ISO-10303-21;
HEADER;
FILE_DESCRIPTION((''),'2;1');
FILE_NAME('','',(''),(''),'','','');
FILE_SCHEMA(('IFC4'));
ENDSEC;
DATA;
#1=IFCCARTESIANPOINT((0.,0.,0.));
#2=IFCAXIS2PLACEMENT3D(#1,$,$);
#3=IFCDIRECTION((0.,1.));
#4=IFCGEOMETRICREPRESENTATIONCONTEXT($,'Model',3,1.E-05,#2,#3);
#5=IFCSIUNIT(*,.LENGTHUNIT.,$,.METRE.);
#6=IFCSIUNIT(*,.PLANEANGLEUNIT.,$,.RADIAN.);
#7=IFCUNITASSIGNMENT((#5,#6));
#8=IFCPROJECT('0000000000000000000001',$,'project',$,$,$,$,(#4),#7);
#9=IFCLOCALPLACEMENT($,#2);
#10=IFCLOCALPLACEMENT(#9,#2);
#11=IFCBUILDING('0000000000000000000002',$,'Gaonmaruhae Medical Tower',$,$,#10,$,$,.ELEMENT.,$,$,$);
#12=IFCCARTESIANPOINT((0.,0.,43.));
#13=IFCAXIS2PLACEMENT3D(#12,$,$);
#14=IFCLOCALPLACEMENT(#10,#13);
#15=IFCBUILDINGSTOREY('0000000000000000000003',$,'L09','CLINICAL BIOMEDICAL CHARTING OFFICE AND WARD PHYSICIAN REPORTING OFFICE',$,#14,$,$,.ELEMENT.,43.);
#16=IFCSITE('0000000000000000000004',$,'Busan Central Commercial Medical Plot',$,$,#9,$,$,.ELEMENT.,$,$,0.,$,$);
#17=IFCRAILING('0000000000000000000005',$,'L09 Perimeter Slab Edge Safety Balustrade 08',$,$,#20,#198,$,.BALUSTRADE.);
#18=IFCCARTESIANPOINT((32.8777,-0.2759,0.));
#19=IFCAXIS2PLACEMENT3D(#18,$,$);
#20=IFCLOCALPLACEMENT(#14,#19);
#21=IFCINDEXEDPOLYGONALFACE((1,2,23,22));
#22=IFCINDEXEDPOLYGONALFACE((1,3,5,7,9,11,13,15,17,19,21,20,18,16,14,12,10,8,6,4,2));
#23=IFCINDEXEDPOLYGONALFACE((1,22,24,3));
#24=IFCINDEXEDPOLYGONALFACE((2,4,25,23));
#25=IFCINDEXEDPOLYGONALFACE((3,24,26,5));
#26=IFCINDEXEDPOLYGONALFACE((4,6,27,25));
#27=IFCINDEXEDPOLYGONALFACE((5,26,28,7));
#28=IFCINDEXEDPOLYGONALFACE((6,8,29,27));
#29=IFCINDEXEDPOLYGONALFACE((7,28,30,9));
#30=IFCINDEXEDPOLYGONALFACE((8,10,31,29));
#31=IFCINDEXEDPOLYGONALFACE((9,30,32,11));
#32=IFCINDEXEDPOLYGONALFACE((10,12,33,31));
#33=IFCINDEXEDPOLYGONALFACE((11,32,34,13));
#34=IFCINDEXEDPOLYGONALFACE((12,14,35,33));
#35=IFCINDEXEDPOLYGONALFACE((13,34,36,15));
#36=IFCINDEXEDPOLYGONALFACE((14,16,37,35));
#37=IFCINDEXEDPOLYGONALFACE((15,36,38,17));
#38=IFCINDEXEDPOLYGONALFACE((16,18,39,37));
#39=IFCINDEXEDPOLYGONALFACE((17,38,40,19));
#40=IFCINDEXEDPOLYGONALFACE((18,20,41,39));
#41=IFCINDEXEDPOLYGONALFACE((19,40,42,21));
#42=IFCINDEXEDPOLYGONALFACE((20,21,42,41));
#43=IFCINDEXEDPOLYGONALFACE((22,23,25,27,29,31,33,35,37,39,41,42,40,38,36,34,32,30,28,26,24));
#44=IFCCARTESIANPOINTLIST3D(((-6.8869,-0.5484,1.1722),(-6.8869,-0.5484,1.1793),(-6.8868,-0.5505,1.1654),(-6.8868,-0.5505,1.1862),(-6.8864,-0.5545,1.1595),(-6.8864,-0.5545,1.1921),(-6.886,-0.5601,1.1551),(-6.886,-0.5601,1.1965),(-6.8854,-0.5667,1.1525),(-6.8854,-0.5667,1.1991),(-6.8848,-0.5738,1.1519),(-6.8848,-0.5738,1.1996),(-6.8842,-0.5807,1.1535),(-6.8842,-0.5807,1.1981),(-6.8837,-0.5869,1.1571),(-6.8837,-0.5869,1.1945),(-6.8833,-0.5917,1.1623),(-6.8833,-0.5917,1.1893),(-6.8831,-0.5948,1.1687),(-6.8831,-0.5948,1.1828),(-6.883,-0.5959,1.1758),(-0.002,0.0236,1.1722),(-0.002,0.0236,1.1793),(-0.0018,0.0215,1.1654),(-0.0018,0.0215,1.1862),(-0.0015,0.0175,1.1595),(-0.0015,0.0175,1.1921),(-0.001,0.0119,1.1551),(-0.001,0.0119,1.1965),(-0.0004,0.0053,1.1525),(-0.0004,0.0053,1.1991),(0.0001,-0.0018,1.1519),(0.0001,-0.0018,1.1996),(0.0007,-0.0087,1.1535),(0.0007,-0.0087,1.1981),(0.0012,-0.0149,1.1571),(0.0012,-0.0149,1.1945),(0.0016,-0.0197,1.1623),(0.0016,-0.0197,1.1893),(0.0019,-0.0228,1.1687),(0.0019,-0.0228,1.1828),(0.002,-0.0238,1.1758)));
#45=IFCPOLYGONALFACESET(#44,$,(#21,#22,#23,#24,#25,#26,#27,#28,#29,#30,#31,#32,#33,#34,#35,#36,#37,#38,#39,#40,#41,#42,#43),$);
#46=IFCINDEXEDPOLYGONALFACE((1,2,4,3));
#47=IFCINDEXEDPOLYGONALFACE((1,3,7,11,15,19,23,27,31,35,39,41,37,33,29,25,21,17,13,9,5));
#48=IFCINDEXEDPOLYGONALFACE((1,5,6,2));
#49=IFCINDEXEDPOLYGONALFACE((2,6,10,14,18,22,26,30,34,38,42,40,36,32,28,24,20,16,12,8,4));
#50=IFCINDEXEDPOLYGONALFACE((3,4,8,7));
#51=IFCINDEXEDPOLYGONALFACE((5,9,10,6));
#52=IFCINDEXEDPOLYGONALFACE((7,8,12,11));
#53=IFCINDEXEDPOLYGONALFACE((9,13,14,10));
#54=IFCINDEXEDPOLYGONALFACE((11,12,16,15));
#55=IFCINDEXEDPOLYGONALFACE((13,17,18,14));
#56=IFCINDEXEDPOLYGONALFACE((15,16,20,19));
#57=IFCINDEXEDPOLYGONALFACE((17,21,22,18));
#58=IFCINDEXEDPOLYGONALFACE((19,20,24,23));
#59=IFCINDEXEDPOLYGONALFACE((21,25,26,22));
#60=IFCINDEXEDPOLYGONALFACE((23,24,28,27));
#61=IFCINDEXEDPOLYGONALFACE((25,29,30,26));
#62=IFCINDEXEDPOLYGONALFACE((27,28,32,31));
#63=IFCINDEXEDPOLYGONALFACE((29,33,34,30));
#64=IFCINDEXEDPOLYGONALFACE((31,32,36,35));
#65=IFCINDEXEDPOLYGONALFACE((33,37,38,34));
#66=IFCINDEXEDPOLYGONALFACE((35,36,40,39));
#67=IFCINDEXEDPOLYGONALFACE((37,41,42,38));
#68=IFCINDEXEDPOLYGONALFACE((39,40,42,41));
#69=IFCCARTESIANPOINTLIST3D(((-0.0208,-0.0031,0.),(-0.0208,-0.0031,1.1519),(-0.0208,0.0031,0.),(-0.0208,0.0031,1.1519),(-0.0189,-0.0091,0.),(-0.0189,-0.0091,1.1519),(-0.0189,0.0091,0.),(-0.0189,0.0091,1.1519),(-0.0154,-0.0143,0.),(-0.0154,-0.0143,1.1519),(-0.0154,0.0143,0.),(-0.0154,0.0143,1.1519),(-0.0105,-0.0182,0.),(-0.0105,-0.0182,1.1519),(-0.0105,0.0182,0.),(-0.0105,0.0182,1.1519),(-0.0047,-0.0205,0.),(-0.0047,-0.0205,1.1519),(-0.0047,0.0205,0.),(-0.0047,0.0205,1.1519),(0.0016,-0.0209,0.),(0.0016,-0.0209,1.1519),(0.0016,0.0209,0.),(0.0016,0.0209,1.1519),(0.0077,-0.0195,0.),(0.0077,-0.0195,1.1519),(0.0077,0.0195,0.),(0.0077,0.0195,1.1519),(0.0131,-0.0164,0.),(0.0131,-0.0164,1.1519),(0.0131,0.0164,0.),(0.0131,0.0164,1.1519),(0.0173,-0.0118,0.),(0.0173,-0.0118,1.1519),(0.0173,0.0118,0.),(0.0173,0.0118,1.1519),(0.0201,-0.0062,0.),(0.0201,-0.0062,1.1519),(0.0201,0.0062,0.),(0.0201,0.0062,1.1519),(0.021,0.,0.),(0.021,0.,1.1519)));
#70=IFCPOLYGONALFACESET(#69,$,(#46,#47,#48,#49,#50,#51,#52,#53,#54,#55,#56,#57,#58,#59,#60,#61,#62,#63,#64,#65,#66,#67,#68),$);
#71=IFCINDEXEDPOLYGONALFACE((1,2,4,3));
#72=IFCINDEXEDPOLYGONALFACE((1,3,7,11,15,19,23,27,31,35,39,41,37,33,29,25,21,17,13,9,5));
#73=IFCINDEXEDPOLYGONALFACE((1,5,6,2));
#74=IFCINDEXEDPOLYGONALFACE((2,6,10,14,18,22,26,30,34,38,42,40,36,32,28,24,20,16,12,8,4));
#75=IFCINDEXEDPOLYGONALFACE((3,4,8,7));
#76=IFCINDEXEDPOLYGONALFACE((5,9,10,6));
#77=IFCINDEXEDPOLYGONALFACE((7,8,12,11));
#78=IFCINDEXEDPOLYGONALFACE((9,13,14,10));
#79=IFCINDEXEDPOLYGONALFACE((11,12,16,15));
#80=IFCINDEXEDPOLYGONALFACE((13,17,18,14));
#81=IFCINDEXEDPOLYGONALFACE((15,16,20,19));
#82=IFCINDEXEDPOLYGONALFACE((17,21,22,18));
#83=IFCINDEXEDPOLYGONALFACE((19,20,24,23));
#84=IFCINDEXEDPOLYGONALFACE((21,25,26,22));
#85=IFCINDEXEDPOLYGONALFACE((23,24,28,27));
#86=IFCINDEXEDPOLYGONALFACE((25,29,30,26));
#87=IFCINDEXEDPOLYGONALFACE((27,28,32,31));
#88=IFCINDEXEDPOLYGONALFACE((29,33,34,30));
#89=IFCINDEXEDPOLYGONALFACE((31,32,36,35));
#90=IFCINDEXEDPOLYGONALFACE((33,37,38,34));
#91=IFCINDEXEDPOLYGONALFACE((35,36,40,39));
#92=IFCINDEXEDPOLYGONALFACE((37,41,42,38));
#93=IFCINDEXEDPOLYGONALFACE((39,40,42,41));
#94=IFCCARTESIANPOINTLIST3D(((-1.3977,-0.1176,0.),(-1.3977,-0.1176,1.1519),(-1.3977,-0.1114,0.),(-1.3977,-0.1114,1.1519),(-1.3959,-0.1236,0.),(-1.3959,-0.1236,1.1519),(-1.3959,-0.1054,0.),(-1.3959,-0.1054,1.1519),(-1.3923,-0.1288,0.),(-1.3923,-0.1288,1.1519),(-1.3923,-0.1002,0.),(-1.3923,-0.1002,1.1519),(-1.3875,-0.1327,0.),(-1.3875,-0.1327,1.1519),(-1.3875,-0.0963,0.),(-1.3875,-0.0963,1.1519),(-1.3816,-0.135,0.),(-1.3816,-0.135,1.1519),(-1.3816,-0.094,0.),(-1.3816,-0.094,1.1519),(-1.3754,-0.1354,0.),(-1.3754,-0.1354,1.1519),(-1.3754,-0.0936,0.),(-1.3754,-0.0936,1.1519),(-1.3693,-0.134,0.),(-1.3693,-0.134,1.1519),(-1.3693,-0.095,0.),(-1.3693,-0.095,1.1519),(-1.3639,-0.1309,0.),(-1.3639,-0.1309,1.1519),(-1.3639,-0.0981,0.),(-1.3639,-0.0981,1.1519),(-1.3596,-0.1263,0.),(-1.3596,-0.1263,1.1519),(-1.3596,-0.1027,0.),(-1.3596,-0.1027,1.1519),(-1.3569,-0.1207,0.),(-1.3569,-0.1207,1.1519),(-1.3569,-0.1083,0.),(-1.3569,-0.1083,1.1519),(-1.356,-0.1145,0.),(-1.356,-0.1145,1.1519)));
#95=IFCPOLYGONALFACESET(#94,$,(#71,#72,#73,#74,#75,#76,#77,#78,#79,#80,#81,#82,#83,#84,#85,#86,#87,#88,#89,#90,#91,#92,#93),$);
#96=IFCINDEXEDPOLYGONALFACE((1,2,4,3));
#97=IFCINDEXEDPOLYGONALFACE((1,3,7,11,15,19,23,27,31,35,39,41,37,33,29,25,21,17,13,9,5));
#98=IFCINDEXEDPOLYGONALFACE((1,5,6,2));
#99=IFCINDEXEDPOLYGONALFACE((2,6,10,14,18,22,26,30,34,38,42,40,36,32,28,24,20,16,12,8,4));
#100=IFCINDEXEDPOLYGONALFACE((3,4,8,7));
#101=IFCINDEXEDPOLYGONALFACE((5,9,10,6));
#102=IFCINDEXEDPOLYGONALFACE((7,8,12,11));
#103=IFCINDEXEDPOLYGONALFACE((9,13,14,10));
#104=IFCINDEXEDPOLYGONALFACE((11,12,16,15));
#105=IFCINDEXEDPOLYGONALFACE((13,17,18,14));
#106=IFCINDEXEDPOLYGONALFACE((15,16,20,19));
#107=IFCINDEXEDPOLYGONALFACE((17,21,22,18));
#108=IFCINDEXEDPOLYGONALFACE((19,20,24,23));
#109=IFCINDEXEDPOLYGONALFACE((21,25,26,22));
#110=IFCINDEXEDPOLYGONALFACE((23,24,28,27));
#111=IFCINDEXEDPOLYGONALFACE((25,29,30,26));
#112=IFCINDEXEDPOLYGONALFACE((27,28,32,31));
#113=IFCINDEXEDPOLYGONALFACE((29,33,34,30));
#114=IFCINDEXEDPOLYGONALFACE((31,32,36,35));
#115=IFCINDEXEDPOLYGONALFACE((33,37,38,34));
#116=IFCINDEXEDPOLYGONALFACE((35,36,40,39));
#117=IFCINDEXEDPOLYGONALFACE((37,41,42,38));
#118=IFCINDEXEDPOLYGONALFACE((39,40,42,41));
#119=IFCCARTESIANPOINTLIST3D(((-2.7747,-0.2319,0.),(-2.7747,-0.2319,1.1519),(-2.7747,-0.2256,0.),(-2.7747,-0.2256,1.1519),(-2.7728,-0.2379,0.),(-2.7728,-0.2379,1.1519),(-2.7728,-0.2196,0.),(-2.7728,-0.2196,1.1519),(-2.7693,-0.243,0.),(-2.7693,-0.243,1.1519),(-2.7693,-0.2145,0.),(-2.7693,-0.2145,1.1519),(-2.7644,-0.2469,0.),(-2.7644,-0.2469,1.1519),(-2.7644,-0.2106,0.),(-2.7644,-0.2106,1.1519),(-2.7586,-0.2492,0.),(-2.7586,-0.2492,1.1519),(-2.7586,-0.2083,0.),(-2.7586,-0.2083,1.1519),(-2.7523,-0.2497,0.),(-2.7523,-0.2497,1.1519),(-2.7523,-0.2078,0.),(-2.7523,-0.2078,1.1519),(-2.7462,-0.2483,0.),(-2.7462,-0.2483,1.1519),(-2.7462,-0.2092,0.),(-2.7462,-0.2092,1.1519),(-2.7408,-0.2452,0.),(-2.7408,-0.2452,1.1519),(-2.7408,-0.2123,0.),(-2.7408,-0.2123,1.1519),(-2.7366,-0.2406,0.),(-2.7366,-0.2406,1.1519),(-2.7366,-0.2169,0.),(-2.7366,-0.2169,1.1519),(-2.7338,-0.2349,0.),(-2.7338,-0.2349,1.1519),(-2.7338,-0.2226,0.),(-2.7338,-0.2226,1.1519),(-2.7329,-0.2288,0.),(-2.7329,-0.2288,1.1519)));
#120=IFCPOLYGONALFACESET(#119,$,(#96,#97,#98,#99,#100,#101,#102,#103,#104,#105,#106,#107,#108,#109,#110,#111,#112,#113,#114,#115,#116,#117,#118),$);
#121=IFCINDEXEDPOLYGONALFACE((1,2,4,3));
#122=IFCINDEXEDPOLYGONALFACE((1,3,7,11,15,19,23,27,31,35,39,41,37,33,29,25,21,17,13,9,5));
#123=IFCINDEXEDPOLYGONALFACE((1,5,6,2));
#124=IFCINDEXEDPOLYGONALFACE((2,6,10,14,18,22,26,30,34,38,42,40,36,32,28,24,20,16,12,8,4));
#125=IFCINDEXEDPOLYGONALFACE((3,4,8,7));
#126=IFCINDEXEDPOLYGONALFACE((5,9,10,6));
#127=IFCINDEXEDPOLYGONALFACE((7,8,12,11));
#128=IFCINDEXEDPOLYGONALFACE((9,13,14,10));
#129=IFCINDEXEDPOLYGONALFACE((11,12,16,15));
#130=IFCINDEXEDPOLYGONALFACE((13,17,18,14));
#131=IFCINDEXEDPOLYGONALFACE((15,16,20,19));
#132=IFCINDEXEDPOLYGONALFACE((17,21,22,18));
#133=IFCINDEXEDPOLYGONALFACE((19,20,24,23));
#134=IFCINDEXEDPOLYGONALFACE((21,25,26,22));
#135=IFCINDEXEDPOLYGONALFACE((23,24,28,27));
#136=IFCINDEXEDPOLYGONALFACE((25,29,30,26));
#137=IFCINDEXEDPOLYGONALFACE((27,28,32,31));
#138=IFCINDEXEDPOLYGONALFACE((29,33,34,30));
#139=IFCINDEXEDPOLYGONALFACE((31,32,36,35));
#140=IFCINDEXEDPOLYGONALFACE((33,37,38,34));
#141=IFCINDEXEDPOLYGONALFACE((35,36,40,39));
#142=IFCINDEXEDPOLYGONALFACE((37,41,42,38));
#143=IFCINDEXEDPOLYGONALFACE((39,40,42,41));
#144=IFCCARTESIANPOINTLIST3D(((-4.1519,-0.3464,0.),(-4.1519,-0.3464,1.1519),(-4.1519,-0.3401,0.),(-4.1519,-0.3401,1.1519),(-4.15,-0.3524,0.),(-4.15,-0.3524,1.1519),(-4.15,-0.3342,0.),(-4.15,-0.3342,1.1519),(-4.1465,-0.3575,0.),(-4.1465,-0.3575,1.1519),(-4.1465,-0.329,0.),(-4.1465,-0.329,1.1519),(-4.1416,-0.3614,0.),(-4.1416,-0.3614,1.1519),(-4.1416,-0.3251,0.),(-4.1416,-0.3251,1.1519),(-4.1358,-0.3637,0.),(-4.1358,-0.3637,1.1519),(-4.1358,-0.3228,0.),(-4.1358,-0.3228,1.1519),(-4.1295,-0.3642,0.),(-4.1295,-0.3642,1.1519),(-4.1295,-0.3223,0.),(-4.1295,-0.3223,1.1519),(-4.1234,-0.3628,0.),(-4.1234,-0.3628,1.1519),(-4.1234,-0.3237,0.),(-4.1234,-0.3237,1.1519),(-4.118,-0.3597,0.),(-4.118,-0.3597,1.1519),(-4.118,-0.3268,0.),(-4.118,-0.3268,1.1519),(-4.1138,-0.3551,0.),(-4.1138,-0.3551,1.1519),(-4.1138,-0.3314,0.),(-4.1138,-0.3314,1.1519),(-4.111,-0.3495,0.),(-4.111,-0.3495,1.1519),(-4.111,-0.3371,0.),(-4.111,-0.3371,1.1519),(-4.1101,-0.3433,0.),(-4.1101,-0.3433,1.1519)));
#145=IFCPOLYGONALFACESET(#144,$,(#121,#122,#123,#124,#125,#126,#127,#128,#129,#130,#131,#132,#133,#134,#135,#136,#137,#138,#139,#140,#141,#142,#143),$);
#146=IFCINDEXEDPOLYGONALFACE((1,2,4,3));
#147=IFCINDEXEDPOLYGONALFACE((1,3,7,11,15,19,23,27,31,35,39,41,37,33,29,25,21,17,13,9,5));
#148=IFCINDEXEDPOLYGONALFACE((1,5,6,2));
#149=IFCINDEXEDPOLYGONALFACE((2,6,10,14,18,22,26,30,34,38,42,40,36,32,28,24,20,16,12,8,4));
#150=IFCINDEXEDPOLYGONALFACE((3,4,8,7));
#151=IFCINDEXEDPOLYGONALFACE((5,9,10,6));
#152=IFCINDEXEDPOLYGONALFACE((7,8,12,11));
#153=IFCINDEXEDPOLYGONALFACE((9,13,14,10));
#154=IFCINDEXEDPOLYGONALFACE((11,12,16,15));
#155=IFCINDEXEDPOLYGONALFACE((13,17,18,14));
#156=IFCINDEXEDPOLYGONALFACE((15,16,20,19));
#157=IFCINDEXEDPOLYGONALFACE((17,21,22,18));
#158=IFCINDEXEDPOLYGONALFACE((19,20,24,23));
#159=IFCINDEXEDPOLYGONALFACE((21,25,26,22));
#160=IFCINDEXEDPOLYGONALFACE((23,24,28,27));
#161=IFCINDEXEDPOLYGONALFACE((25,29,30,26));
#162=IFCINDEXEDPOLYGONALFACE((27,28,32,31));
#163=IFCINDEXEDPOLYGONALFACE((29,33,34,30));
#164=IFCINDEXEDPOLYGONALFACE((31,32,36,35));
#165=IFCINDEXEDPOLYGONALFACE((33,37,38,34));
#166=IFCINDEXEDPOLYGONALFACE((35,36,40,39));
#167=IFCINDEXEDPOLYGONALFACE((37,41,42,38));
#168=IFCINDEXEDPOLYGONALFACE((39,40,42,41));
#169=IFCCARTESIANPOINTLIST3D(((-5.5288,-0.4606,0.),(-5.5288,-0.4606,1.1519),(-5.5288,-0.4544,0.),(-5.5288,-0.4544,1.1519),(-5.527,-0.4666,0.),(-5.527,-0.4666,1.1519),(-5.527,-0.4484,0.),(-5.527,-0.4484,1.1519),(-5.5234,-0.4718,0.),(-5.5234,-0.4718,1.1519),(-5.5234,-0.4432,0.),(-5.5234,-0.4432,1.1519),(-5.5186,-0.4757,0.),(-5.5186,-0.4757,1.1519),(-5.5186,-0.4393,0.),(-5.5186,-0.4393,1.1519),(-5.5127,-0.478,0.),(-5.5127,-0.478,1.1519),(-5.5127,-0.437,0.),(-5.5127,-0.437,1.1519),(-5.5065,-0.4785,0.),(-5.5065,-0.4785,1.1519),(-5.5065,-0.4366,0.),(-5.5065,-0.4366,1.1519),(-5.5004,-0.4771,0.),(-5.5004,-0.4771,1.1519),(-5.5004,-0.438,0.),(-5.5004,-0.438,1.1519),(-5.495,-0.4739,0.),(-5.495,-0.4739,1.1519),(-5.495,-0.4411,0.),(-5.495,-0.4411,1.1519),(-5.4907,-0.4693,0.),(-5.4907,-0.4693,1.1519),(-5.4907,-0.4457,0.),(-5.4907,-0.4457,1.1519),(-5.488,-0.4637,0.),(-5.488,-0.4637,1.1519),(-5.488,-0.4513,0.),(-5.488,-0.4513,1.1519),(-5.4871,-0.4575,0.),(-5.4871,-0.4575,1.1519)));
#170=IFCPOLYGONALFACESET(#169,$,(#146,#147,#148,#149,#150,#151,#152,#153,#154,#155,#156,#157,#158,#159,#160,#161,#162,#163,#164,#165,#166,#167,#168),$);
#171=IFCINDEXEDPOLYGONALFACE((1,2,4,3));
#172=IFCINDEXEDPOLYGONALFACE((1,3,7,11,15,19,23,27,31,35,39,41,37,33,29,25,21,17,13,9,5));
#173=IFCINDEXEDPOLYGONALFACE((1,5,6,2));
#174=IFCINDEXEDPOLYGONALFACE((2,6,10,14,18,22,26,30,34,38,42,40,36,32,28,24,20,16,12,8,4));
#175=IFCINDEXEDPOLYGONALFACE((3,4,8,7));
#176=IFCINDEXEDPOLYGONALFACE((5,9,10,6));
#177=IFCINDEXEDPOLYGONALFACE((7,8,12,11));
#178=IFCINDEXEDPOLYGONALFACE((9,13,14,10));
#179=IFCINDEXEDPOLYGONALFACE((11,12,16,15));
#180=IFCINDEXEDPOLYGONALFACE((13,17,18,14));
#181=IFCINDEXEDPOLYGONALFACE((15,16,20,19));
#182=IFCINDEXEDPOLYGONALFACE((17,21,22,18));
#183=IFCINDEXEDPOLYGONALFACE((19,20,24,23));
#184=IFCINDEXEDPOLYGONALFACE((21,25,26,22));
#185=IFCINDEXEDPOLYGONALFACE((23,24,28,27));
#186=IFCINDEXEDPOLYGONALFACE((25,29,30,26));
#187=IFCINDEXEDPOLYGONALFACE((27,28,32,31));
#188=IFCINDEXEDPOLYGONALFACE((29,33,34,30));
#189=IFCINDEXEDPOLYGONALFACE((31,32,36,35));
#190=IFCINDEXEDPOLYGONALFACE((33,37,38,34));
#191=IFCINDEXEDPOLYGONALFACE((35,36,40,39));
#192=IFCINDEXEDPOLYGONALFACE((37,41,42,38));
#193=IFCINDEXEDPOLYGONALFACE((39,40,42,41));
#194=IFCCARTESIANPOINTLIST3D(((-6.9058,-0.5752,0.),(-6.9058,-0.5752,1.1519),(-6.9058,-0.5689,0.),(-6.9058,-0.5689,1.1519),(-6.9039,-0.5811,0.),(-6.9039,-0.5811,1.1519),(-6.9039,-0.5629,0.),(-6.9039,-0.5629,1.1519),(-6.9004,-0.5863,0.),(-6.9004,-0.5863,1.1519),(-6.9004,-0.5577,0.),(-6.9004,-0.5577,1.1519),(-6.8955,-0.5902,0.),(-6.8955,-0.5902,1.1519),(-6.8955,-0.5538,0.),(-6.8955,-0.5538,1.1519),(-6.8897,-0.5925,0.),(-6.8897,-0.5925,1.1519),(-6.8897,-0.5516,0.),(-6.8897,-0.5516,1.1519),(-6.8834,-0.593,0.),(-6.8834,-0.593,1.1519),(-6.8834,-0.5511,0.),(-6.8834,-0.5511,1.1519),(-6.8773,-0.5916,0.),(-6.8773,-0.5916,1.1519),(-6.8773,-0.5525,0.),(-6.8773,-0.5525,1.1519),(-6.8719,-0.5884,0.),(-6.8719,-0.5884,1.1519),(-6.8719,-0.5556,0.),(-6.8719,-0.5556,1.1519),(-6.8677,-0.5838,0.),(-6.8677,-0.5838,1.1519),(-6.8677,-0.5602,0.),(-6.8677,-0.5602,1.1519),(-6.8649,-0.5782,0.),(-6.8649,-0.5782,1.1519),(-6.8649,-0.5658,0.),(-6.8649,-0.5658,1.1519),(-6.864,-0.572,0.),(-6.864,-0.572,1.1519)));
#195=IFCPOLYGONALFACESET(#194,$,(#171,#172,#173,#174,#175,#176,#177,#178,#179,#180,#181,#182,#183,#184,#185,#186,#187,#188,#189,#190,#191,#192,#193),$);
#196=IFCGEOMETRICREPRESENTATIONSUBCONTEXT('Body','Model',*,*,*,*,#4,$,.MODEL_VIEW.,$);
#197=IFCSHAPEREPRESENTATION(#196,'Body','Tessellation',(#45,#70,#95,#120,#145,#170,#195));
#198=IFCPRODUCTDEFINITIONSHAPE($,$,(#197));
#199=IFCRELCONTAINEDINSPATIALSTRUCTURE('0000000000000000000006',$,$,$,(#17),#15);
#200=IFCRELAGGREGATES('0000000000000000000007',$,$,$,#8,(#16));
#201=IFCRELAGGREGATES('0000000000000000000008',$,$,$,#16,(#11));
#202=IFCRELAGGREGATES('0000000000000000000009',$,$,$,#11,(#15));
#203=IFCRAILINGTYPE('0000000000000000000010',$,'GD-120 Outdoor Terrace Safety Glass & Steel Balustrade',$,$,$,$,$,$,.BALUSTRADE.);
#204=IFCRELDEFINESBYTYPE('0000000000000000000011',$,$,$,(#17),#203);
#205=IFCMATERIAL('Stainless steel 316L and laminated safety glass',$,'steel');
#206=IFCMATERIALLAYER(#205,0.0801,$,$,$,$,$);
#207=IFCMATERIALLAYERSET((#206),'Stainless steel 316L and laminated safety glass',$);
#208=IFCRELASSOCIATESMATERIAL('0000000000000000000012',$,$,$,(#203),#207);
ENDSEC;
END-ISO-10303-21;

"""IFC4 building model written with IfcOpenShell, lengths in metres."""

from ifc_helpers import new_model, si_unit, direction, frame, origin, origin_2d, place, context, subcontext, project, spatial, circle, extrude, material, layer, layer_set, type_object, element, save


model = new_model("IFC4")

# Units and contexts
model_context = context("Model", 3, precision=1e-05, world=origin(), true_north=direction((0.0, 1.0)))
body_context = subcontext(model_context, "Body", "Model", "MODEL_VIEW")
ifc_project = project(units=[si_unit("LENGTHUNIT", "METRE"), si_unit("PLANEANGLEUNIT", "RADIAN")], contexts=[model_context])

# Site, building, storey
site_placement = place(None, origin())
site = spatial("IfcSite", under=ifc_project, at=site_placement, Name="Busan Central Commercial Medical Plot", CompositionType="ELEMENT", RefElevation=0.0)
building_placement = place(site_placement, origin())
building = spatial("IfcBuilding", under=site, at=building_placement, Name="Gaonmaruhae Medical Tower", CompositionType="ELEMENT")
storey_placement = place(building_placement, frame((0.0, 0.0, 43.0)))
storey = spatial("IfcBuildingStorey", under=building, at=storey_placement, Name="L09", Description="CLINICAL BIOMEDICAL CHARTING OFFICE AND WARD PHYSICIAN REPORTING OFFICE", CompositionType="ELEMENT", Elevation=43.0)

# Railing
ifc_material_1 = material(Name="Stainless steel 316L and laminated safety glass", Category="steel")
ifc_layer_1 = layer(ifc_material_1, 0.0801)
ifc_layer_set_1 = layer_set([ifc_layer_1], Name="Stainless steel 316L and laminated safety glass")
railing_type = type_object("IfcRailingType", Name="GD-120 Outdoor Terrace Safety Glass & Steel Balustrade", PredefinedType="BALUSTRADE", material=ifc_layer_set_1)
railing_1_placement = place(storey_placement, frame((32.8777, -0.2759, 0.0)))
element("IfcRailing", 1, at=railing_1_placement, inside=storey, type_object=railing_type, Name="L09 Perimeter Slab Edge Safety Balustrade 08", PredefinedType="BALUSTRADE", context=body_context, shape_type="SweptSolid", body=[
    extrude(circle(Radius=0.0239, at=origin_2d()), frame((0.0, 0.0, 1.1758), z_axis=(-0.996566, -0.082797, 0.0), x_axis=(0.082797, -0.996566, 0.0)), (0.0, 0.0, 1.0), 6.9087),
    extrude(circle(Radius=0.021, at=origin_2d()), origin(), (0.0, 0.0, 1.0), 1.1519),
    extrude(circle(Radius=0.021, at=origin_2d()), frame((-1.377, -0.1145, 0.0)), (0.0, 0.0, 1.0), 1.1519),
    extrude(circle(Radius=0.021, at=origin_2d()), frame((-2.7539, -0.2288, 0.0)), (0.0, 0.0, 1.0), 1.1519),
    extrude(circle(Radius=0.021, at=origin_2d()), frame((-4.1311, -0.3433, 0.0)), (0.0, 0.0, 1.0), 1.1519),
    extrude(circle(Radius=0.021, at=origin_2d()), frame((-5.5081, -0.4575, 0.0)), (0.0, 0.0, 1.0), 1.1519),
    extrude(circle(Radius=0.021, at=origin_2d()), frame((-6.885, -0.572, 0.0)), (0.0, 0.0, 1.0), 1.1519),
])

save(model, "model.ifc")
